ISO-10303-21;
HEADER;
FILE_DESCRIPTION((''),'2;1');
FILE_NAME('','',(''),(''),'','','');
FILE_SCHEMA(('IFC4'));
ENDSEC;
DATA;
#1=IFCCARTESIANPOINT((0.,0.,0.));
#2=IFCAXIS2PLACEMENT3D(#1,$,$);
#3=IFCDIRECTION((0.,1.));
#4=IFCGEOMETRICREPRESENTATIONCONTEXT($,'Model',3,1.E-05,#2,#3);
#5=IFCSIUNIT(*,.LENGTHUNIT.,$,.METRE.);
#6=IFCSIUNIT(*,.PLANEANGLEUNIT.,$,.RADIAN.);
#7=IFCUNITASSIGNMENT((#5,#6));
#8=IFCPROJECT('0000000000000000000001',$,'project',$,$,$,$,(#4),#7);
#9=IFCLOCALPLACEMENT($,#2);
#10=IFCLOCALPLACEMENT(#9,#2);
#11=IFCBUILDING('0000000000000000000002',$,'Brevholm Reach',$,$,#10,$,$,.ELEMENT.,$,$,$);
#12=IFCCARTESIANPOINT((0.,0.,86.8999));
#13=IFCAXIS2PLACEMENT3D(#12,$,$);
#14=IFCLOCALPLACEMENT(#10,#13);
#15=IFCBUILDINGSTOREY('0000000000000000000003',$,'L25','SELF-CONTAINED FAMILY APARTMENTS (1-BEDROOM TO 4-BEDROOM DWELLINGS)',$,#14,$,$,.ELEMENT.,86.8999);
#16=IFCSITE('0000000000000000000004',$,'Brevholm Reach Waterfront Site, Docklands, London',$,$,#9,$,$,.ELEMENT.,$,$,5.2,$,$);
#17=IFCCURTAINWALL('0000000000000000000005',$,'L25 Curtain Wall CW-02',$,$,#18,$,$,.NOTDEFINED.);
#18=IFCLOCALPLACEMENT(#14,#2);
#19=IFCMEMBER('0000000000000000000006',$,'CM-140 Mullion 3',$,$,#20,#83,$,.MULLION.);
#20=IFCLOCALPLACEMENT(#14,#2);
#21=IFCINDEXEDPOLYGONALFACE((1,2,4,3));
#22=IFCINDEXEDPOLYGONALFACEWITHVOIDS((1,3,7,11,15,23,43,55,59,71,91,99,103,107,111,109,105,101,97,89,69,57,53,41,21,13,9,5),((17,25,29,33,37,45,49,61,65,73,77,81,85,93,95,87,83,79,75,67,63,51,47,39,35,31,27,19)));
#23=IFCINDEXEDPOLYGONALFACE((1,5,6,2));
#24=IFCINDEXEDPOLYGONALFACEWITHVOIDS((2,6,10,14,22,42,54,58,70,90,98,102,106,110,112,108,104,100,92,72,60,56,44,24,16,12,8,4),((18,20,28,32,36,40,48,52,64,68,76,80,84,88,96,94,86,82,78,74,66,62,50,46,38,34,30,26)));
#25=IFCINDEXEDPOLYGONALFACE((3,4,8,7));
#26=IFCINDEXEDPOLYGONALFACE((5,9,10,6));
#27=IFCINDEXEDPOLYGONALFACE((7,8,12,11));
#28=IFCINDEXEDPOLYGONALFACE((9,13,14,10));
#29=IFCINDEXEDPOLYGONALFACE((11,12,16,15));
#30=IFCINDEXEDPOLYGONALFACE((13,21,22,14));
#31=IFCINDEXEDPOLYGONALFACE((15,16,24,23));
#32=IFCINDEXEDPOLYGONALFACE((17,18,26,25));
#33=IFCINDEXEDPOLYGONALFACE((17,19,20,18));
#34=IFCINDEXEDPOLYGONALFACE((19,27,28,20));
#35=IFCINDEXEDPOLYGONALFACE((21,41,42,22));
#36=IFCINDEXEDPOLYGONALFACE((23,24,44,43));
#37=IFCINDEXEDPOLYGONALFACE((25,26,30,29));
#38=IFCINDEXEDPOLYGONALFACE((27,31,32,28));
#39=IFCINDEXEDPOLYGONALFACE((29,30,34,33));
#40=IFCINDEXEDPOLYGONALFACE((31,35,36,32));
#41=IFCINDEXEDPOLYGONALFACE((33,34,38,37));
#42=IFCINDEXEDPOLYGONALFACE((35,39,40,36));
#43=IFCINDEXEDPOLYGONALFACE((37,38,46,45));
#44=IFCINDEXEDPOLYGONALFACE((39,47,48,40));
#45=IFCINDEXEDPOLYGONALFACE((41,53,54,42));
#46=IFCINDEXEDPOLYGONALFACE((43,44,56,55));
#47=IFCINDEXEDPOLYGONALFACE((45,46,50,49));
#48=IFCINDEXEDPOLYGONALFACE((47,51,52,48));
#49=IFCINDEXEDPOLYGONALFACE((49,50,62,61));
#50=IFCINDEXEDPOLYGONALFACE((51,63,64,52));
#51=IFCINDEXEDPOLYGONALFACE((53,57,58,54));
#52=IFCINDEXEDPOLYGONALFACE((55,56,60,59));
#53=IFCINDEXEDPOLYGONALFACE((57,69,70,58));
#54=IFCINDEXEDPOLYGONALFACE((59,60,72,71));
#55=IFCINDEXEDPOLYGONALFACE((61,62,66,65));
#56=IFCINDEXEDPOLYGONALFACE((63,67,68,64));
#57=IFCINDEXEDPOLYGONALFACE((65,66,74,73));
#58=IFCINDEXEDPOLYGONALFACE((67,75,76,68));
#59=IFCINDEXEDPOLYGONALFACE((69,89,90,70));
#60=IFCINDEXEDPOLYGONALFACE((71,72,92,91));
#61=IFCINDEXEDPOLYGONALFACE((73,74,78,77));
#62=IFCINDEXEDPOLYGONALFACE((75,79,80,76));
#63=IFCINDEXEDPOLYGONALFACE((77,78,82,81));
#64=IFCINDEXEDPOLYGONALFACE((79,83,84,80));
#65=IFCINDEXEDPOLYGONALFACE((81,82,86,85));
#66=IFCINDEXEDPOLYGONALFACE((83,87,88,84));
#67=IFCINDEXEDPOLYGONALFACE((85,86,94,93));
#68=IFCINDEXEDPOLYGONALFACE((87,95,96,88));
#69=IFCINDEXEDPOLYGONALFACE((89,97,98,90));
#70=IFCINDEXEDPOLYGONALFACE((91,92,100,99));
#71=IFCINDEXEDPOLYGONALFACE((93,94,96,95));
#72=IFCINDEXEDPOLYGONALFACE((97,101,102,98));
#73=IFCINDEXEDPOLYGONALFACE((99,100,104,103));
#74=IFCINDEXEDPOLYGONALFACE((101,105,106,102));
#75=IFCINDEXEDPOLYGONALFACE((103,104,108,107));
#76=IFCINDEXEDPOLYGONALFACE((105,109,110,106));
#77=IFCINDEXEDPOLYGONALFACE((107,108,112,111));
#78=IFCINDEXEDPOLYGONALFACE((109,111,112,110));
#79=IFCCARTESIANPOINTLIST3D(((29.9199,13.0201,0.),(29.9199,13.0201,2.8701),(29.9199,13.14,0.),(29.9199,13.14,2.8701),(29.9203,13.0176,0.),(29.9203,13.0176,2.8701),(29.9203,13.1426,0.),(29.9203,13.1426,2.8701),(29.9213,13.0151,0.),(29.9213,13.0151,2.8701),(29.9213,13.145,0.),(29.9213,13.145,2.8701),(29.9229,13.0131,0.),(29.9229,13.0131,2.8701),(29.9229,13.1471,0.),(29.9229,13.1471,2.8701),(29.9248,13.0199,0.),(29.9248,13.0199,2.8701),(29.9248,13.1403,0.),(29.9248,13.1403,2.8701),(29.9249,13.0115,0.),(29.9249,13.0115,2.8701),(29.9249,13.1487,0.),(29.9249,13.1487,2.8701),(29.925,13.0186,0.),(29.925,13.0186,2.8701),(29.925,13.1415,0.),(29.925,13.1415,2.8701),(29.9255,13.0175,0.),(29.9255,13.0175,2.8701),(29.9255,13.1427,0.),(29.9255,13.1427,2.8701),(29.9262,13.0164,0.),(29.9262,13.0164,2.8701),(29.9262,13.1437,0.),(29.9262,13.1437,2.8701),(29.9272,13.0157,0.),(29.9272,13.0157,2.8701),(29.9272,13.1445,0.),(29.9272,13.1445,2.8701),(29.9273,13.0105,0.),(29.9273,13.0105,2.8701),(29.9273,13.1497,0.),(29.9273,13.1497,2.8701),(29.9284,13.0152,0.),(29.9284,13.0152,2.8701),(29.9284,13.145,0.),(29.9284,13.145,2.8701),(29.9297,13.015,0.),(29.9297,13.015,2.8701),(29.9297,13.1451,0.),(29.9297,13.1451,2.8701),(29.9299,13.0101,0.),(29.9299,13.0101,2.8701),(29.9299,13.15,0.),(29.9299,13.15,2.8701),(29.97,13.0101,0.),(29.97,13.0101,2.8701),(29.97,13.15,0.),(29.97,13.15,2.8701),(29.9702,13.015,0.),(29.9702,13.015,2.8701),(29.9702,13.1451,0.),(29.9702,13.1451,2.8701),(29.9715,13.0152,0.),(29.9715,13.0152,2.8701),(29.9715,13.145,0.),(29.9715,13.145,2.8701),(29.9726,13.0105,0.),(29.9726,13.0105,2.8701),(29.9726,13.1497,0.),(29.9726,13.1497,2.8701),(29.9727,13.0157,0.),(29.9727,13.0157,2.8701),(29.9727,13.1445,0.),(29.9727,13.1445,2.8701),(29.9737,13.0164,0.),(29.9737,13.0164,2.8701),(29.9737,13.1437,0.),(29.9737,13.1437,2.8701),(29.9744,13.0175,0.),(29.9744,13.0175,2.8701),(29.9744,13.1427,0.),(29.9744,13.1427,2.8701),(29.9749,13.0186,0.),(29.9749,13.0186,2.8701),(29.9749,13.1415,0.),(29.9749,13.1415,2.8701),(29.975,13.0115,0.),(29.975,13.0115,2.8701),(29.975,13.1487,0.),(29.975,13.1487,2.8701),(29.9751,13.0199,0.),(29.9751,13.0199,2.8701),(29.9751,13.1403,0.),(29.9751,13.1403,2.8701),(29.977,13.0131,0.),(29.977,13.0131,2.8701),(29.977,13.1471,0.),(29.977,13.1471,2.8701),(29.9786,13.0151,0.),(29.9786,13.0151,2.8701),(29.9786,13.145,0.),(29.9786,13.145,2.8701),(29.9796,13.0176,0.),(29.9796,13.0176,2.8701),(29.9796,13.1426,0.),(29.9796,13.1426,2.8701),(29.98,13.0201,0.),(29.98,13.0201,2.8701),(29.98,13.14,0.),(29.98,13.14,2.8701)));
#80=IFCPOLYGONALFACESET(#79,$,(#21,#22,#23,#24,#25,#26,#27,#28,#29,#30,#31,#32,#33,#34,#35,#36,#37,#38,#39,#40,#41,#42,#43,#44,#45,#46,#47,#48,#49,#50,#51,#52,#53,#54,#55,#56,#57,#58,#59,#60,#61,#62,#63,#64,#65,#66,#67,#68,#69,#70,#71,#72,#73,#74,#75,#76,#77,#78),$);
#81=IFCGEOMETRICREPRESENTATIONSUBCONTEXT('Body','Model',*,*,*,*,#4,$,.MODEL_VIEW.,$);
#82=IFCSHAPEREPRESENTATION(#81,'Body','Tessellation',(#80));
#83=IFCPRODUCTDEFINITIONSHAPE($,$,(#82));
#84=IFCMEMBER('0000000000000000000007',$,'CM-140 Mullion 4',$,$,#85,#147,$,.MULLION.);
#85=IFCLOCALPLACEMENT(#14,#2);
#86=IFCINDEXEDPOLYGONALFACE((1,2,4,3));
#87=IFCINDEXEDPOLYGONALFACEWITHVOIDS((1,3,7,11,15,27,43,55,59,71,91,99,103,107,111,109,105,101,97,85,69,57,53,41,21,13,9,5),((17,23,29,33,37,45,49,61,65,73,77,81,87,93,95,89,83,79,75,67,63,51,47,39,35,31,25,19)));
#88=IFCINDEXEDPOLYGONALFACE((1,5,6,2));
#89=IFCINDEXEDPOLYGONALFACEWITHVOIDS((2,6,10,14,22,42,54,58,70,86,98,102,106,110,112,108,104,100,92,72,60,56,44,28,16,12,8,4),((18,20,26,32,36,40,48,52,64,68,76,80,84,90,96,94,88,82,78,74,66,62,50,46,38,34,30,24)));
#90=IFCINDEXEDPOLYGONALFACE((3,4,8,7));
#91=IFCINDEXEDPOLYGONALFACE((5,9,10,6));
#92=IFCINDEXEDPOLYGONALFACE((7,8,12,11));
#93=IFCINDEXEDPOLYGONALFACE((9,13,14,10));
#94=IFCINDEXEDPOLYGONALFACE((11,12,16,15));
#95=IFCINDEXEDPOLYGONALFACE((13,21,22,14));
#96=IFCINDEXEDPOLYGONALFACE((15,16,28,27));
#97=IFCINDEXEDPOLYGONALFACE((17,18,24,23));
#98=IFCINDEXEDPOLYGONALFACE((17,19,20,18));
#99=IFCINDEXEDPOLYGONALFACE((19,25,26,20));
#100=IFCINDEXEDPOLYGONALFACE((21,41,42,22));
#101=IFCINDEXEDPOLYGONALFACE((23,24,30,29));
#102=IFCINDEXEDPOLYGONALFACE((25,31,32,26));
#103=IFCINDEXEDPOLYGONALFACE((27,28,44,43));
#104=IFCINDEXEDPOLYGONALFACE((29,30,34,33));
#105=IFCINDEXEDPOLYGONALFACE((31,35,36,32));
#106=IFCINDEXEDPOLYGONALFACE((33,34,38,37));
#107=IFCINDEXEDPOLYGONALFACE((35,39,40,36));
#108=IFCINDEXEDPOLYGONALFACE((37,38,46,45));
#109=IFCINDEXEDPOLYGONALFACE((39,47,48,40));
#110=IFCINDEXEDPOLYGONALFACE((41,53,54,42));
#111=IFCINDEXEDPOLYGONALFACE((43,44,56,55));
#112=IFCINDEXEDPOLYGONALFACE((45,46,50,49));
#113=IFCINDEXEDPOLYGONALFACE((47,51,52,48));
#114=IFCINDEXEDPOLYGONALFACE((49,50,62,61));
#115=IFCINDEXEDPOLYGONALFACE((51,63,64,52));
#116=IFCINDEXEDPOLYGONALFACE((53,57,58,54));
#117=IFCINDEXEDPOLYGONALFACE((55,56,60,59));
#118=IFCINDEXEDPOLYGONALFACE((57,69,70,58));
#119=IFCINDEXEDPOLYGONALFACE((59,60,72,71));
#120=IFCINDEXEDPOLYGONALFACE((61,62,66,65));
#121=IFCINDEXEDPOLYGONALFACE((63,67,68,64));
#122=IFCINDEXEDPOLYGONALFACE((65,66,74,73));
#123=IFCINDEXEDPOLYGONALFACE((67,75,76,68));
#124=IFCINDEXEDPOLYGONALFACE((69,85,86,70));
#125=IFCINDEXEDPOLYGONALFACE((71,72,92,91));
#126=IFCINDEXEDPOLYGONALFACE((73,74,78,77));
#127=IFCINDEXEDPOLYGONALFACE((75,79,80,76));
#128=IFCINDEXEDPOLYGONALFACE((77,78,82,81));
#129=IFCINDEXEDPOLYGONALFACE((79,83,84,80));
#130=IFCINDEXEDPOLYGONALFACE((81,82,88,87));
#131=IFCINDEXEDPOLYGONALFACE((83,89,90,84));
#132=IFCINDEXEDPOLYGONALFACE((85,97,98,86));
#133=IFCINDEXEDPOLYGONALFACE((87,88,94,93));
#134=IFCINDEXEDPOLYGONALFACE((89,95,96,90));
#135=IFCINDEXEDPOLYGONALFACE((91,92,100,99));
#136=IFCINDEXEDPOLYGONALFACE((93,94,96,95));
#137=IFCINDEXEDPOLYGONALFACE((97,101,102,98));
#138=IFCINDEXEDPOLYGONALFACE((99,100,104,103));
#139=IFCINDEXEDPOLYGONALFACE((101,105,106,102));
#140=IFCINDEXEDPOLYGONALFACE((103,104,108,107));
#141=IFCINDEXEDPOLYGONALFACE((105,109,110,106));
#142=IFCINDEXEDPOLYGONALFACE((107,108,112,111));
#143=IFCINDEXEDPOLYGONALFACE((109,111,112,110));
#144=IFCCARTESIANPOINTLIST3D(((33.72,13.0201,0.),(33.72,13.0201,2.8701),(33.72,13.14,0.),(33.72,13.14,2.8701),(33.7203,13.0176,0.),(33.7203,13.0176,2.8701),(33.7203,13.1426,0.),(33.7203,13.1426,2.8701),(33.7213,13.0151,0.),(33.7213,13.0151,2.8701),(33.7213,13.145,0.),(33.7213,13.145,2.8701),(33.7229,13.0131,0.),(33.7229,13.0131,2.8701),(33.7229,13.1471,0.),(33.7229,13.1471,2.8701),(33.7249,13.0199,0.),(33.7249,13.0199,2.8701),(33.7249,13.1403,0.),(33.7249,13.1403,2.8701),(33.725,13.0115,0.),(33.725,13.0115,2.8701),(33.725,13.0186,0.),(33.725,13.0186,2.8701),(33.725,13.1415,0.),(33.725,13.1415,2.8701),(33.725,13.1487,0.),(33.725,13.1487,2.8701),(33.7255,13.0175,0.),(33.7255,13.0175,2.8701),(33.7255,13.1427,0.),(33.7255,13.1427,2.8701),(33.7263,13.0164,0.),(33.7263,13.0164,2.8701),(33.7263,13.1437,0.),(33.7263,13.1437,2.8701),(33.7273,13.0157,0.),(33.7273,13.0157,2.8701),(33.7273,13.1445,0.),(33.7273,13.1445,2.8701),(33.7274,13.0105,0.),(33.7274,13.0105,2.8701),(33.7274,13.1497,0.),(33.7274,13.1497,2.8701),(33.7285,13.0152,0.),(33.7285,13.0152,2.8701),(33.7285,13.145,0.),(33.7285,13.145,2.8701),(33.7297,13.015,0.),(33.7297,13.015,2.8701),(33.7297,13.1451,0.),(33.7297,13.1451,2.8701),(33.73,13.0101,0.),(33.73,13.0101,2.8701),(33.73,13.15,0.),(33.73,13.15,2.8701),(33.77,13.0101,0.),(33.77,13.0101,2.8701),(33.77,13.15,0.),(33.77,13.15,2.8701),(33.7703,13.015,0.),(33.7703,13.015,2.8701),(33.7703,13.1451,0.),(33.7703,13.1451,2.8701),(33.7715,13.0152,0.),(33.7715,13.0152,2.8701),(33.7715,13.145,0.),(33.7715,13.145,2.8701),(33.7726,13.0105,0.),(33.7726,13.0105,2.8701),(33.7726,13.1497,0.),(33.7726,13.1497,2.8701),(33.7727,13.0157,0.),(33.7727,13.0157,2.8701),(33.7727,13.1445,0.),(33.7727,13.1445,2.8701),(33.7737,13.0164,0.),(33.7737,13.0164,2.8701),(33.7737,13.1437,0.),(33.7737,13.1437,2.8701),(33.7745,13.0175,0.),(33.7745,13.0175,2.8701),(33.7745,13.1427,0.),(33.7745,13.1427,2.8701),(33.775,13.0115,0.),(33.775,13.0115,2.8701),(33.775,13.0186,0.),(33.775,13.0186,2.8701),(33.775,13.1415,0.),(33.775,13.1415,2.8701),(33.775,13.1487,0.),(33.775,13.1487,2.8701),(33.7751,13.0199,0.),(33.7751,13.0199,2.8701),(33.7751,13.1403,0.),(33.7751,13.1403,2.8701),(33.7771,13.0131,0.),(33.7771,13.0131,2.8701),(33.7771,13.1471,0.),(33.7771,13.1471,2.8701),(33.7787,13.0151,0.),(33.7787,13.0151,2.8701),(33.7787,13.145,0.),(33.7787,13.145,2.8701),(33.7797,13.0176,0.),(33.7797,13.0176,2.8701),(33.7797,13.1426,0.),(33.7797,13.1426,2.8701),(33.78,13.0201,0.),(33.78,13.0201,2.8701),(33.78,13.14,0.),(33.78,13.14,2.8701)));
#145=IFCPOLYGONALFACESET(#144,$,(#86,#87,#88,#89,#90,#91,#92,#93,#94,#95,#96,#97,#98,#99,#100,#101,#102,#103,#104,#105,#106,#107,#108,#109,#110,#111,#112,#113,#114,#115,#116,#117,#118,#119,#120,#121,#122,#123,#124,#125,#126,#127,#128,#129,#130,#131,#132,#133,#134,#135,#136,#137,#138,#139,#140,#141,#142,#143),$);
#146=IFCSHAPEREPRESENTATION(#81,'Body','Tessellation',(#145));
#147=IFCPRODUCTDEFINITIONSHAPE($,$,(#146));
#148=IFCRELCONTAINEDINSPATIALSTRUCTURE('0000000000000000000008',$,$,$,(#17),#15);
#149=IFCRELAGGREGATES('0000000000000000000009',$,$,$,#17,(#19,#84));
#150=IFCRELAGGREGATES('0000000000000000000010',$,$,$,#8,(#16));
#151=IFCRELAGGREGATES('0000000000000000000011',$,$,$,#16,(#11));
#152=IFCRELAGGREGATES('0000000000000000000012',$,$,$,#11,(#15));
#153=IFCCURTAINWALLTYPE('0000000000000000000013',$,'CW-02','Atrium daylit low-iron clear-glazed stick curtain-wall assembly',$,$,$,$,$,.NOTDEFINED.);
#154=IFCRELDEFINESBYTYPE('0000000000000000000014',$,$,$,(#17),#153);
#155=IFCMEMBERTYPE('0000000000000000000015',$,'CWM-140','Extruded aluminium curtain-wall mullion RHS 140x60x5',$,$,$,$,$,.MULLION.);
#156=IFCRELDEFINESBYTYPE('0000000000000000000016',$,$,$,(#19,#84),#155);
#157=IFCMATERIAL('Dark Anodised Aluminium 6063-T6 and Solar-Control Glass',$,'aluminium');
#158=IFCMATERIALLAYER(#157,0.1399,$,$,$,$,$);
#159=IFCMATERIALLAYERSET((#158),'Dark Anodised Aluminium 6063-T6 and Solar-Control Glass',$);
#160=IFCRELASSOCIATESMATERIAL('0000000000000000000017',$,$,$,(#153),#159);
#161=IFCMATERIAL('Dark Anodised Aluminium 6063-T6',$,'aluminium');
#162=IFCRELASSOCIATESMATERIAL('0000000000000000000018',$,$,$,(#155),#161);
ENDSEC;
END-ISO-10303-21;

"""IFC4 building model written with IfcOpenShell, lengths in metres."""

from ifc_helpers import new_model, si_unit, direction, frame, origin, origin_2d, place, context, subcontext, project, spatial, hollow_rectangle, extrude, material, layer, layer_set, material_profile, profile_set, type_object, element, aggregate, save


model = new_model("IFC4")

# Units and contexts
model_context = context("Model", 3, precision=1e-05, world=origin(), true_north=direction((0.0, 1.0)))
body_context = subcontext(model_context, "Body", "Model", "MODEL_VIEW")
ifc_project = project(units=[si_unit("LENGTHUNIT", "METRE"), si_unit("PLANEANGLEUNIT", "RADIAN")], contexts=[model_context])

# Site, building, storey
site_placement = place(None, origin())
site = spatial("IfcSite", under=ifc_project, at=site_placement, Name="Brevholm Reach Waterfront Site, Docklands, London", CompositionType="ELEMENT", RefElevation=5.2)
building_placement = place(site_placement, origin())
building = spatial("IfcBuilding", under=site, at=building_placement, Name="Brevholm Reach", CompositionType="ELEMENT")
storey_placement = place(building_placement, frame((0.0, 0.0, 86.8999)))
storey = spatial("IfcBuildingStorey", under=building, at=storey_placement, Name="L25", Description="SELF-CONTAINED FAMILY APARTMENTS (1-BEDROOM TO 4-BEDROOM DWELLINGS)", CompositionType="ELEMENT", Elevation=86.8999)

# Curtain wall, members
ifc_material_1 = material(Name="Dark Anodised Aluminium 6063-T6 and Solar-Control Glass", Category="aluminium")
ifc_layer_1 = layer(ifc_material_1, 0.1399)
ifc_layer_set_1 = layer_set([ifc_layer_1], Name="Dark Anodised Aluminium 6063-T6 and Solar-Control Glass")
curtain_wall_type = type_object("IfcCurtainWallType", Name="CW-02", Description="Atrium daylit low-iron clear-glazed stick curtain-wall assembly", PredefinedType="NOTDEFINED", material=ifc_layer_set_1)
curtain_wall_placement = place(storey_placement, origin())
curtain_wall = element("IfcCurtainWall", 1, at=curtain_wall_placement, inside=storey, type_object=curtain_wall_type, Name="L25 Curtain Wall CW-02", PredefinedType="NOTDEFINED")
ifc_material_2 = material(Name="Dark Anodised Aluminium 6063-T6", Category="aluminium")
ifc_material_profile_1 = material_profile(ifc_material_2, hollow_rectangle(XDim=0.0601, YDim=0.1399, WallThickness=0.0049, InnerFilletRadius=0.0049, OuterFilletRadius=0.01, at=origin_2d()), Name="RHS 140x60x5")
ifc_profile_set_1 = profile_set([ifc_material_profile_1], Name="Dark Anodised Aluminium 6063-T6")
member_type_1 = type_object("IfcMemberType", Name="CWM-140", Description="Extruded aluminium curtain-wall mullion RHS 140x60x5", PredefinedType="MULLION", material=ifc_profile_set_1)
member_1_placement = place(storey_placement, frame((29.95, 13.0801, 0.0), z_axis=(0.0, 0.0, 1.0), x_axis=(1.0, 0.0, 0.0)))
member_1 = element("IfcMember", 2, at=member_1_placement, type_object=member_type_1, Name="CM-140 Mullion 3", PredefinedType="MULLION", context=body_context, shape_type="SweptSolid", body=[
    extrude(hollow_rectangle(XDim=0.0601, YDim=0.1399, WallThickness=0.0049, InnerFilletRadius=0.0049, OuterFilletRadius=0.01, at=origin_2d()), origin(), (0.0, 0.0, 1.0), 2.8701),
])
member_2_placement = place(storey_placement, frame((33.75, 13.0801, 0.0), z_axis=(0.0, 0.0, 1.0), x_axis=(1.0, 0.0, 0.0)))
member_2 = element("IfcMember", 3, at=member_2_placement, type_object=member_type_1, Name="CM-140 Mullion 4", PredefinedType="MULLION", context=body_context, shape_type="SweptSolid", body=[
    extrude(hollow_rectangle(XDim=0.0601, YDim=0.1399, WallThickness=0.0049, InnerFilletRadius=0.0049, OuterFilletRadius=0.01, at=origin_2d()), origin(), (0.0, 0.0, 1.0), 2.8701),
])
aggregate(curtain_wall, [member_1, member_2])

save(model, "model.ifc")
